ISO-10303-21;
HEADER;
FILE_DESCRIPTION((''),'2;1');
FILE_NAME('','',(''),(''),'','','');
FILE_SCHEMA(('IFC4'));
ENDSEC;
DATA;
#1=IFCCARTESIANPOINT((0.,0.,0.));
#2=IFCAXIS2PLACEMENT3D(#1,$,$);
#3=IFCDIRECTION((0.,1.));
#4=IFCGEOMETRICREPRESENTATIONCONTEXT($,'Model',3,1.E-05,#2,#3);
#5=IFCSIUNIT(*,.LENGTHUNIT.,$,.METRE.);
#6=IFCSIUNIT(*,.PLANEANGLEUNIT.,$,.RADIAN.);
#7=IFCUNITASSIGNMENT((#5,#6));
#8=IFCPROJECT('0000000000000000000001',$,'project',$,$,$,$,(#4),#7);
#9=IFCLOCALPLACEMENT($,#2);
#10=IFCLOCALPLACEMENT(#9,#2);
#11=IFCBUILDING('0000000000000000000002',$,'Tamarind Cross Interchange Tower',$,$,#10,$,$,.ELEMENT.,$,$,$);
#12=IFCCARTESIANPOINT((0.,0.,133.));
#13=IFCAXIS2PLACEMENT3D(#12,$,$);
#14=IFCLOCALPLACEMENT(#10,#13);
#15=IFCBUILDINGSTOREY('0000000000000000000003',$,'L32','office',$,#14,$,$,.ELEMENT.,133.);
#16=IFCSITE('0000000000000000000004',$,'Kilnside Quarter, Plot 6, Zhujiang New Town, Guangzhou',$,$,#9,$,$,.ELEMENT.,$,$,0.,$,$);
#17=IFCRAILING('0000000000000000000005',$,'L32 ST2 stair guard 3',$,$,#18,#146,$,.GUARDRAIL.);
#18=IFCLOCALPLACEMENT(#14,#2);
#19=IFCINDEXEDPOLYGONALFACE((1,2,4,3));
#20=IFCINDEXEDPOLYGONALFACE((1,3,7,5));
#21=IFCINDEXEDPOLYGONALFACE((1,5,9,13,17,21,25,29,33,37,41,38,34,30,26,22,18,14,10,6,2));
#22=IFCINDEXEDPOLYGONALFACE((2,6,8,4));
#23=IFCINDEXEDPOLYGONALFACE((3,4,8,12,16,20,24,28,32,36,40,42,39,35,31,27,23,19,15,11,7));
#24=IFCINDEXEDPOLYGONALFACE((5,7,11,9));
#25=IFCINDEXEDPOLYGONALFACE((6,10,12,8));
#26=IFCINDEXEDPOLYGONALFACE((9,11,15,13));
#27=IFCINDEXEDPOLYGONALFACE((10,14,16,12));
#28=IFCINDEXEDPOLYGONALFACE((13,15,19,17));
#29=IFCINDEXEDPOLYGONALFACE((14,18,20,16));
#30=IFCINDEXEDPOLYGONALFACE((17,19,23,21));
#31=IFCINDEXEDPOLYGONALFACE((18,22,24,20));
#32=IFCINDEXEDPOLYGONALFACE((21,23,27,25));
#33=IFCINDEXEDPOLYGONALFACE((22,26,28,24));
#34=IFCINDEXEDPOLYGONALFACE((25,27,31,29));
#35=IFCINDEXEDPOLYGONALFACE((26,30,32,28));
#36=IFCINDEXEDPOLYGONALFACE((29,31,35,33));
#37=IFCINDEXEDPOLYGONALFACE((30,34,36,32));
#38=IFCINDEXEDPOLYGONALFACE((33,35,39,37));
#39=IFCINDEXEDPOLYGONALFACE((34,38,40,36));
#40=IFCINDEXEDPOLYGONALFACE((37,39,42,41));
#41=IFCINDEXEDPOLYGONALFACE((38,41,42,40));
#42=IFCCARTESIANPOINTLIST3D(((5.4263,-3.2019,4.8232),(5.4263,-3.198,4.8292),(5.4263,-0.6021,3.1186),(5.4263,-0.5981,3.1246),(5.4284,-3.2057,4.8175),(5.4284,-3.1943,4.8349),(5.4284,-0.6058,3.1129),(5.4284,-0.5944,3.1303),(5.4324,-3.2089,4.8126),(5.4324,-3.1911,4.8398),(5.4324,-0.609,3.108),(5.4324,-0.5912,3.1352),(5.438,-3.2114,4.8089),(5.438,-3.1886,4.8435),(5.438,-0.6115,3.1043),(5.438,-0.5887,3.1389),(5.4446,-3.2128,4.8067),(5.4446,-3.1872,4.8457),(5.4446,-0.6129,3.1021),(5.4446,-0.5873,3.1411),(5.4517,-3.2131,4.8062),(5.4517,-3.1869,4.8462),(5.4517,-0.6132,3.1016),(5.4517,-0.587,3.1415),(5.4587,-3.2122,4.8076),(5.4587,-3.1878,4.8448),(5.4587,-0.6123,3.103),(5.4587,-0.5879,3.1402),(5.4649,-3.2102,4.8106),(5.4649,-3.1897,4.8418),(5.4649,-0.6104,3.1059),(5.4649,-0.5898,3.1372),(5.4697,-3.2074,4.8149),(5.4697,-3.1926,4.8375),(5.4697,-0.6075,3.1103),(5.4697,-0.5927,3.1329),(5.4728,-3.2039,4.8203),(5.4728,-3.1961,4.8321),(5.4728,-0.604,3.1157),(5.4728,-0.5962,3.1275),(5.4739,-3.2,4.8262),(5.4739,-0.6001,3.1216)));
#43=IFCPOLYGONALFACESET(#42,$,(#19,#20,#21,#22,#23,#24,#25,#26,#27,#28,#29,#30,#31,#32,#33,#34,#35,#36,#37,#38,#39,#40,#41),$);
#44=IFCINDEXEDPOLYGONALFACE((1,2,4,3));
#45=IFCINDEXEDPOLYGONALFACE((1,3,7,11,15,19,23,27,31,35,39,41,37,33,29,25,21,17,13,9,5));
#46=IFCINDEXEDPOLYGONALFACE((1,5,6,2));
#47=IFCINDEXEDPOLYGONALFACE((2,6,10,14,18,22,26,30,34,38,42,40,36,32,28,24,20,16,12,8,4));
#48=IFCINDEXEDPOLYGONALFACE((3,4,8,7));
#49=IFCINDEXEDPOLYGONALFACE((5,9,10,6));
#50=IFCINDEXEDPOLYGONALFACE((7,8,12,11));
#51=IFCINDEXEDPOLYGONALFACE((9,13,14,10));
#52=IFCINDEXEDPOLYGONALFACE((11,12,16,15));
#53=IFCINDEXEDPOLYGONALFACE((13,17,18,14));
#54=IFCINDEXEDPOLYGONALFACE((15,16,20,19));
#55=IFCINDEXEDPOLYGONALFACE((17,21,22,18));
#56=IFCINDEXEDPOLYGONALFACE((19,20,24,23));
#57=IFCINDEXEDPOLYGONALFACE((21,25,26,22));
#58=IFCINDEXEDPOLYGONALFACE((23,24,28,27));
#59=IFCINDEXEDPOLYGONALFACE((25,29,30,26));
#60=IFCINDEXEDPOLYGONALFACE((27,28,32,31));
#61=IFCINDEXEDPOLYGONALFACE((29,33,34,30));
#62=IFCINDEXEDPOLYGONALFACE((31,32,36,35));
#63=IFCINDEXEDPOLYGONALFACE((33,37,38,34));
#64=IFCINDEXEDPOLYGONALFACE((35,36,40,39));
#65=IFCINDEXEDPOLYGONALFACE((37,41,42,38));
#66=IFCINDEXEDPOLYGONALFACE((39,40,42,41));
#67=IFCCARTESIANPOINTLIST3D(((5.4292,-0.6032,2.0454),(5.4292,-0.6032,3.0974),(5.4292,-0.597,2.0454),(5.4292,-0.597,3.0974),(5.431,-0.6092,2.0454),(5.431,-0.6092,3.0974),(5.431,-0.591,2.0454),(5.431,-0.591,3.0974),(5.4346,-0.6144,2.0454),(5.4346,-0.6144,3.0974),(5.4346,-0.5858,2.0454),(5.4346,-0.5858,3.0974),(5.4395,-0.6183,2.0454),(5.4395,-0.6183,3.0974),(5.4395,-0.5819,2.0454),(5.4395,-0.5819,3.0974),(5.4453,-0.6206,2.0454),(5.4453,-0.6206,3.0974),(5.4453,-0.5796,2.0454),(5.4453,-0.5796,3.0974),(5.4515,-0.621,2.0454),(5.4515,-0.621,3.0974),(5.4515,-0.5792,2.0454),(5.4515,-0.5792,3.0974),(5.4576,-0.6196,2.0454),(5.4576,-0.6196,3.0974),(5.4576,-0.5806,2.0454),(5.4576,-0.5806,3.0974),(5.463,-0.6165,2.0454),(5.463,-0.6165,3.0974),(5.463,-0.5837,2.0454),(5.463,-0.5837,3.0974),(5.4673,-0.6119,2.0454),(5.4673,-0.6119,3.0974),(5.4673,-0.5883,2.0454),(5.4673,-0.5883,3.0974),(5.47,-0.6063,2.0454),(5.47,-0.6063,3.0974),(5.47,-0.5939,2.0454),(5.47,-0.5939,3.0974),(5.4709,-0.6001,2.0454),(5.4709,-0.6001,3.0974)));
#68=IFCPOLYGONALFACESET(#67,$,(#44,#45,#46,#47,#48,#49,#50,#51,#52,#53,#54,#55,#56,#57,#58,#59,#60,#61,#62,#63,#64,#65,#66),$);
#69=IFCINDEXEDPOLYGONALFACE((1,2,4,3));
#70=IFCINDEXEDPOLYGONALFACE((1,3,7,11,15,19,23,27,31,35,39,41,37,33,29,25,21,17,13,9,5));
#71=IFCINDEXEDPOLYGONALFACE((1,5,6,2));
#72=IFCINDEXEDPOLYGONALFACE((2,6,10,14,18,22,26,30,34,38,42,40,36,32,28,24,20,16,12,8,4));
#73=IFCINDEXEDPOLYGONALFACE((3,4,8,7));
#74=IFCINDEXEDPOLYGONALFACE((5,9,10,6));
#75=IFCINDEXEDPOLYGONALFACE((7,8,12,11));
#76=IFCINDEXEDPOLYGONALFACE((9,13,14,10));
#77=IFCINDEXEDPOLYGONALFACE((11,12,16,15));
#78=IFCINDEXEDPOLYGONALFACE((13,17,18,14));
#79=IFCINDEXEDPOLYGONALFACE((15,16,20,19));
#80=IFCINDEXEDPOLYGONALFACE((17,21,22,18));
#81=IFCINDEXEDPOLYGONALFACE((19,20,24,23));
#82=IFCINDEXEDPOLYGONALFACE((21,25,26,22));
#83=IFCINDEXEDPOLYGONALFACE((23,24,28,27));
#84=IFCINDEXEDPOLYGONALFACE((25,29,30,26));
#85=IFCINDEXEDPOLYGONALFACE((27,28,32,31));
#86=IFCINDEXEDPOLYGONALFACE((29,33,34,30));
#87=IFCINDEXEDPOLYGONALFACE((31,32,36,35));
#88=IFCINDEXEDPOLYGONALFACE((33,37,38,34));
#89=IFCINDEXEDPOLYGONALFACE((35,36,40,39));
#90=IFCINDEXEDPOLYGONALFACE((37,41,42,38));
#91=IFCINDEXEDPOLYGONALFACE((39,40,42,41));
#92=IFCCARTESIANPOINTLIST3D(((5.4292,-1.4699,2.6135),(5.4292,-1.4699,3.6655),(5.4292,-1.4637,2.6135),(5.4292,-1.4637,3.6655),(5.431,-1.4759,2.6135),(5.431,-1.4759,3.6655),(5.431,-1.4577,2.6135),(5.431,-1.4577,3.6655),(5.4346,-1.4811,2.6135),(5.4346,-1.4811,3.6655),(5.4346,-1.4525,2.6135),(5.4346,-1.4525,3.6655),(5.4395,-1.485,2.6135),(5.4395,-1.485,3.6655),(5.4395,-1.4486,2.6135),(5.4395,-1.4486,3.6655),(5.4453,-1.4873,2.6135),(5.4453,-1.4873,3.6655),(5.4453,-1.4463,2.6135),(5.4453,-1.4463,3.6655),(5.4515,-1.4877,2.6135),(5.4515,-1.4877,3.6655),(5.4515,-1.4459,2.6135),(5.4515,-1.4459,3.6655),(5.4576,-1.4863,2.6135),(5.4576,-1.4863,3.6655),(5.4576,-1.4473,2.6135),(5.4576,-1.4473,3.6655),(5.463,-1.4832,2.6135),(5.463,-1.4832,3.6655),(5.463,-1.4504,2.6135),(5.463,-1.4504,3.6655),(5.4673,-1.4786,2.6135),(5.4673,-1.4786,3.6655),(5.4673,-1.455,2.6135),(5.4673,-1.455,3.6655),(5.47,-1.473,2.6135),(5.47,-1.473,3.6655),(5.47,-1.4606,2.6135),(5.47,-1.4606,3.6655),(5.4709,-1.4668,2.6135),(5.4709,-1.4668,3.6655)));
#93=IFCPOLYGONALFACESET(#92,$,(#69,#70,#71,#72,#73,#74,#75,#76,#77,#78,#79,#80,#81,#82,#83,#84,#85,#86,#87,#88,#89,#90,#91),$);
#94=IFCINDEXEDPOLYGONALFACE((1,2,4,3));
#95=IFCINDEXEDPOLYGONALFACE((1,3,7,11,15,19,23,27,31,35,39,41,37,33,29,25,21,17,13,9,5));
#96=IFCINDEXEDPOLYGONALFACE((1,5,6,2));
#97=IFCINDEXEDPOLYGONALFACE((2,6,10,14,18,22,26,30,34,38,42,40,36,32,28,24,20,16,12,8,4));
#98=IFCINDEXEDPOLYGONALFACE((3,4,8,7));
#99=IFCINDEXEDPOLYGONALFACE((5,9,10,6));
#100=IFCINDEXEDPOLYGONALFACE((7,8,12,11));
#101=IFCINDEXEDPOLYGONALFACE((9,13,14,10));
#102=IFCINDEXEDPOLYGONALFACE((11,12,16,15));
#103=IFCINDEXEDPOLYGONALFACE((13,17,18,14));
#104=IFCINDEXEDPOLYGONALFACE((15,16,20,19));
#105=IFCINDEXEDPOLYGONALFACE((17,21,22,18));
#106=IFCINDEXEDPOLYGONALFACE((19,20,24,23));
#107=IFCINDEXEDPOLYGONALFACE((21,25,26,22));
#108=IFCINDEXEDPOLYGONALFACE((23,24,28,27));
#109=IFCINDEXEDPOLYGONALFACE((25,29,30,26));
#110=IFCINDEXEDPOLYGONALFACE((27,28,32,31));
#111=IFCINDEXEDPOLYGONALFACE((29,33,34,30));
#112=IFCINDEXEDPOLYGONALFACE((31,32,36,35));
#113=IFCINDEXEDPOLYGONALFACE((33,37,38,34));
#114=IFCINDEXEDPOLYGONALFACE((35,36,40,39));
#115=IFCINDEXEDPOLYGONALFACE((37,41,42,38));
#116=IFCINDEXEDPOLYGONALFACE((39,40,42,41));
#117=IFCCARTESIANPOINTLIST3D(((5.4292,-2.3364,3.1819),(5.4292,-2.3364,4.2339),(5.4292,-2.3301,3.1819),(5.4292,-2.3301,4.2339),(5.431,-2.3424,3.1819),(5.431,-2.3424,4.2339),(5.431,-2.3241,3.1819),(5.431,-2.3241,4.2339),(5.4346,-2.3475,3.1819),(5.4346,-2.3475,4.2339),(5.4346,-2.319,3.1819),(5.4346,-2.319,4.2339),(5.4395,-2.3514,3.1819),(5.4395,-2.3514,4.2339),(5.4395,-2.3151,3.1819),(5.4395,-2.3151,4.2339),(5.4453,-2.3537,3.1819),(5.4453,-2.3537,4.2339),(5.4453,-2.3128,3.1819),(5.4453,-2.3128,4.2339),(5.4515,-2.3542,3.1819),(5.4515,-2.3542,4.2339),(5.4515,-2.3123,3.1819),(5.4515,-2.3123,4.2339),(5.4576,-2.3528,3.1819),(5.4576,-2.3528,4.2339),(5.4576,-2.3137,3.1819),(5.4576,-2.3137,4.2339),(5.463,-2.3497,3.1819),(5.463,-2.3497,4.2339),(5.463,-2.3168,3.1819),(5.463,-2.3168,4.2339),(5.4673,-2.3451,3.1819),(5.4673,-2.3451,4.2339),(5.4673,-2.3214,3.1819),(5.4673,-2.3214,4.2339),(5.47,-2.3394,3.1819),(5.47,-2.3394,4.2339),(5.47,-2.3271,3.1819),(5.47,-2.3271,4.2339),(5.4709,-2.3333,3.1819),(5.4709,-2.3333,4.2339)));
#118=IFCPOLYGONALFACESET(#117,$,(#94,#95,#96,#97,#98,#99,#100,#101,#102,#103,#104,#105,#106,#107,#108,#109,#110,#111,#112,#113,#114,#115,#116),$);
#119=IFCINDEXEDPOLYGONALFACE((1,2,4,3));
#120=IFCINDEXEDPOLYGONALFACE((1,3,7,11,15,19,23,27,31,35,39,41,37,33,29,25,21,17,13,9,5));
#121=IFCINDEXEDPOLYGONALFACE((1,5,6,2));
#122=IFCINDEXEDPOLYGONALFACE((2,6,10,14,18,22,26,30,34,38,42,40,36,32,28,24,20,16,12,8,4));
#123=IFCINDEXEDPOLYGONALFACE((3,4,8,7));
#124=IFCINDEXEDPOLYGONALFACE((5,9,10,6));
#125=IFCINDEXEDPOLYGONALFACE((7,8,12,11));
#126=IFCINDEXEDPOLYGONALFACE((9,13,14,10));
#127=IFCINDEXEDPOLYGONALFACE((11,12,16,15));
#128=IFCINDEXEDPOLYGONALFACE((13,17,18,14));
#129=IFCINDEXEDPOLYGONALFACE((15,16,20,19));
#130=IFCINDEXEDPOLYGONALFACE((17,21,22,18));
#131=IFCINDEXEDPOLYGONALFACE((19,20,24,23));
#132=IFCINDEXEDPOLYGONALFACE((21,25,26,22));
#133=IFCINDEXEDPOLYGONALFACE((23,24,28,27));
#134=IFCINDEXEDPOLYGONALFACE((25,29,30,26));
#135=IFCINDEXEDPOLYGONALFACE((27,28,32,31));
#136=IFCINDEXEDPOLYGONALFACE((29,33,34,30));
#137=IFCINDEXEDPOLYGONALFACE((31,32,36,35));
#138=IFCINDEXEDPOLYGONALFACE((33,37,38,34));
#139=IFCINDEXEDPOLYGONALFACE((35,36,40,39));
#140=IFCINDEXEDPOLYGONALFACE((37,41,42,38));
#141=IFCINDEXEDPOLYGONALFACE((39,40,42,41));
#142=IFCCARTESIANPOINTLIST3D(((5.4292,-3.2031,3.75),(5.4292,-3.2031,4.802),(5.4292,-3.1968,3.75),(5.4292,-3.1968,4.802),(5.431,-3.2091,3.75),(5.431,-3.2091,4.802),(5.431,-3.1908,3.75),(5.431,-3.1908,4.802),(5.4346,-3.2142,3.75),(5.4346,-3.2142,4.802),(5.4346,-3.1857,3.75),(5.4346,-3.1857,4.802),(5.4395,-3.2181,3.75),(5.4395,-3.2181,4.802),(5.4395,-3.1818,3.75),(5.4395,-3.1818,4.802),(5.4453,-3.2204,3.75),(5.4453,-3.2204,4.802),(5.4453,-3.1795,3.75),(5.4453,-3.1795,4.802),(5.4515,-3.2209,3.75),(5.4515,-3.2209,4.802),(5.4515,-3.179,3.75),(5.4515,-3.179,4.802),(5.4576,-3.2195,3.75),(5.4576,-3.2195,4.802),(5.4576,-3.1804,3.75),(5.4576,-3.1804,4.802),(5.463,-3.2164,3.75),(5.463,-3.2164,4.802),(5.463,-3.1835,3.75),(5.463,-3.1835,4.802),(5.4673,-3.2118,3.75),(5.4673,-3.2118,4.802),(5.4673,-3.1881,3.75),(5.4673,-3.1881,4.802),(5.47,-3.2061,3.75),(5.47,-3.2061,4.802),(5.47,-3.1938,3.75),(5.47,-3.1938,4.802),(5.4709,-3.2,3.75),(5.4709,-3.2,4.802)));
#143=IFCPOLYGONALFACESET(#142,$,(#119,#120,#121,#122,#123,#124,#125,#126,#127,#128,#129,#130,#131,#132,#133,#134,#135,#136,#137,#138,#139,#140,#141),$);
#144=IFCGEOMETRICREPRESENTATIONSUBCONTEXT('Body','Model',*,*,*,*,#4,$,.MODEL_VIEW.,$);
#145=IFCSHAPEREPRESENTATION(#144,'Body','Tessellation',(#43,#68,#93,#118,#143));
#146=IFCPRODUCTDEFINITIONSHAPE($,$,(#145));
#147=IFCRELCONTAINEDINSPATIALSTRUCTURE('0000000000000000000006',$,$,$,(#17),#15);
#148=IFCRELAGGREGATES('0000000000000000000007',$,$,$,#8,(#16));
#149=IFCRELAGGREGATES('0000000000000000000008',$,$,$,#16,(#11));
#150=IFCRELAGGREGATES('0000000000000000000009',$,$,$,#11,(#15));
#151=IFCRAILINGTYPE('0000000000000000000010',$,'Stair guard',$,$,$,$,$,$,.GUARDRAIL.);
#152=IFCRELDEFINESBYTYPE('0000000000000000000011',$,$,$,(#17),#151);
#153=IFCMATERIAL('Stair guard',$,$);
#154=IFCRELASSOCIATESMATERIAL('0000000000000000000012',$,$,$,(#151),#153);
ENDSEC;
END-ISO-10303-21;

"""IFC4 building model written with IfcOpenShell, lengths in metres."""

from ifc_helpers import new_model, si_unit, direction, frame, origin, origin_2d, place, context, subcontext, project, spatial, circle, extrude, material, type_object, element, save


model = new_model("IFC4")

# Units and contexts
model_context = context("Model", 3, precision=1e-05, world=origin(), true_north=direction((0.0, 1.0)))
body_context = subcontext(model_context, "Body", "Model", "MODEL_VIEW")
ifc_project = project(units=[si_unit("LENGTHUNIT", "METRE"), si_unit("PLANEANGLEUNIT", "RADIAN")], contexts=[model_context])

# Site, building, storey
site_placement = place(None, origin())
site = spatial("IfcSite", under=ifc_project, at=site_placement, Name="Kilnside Quarter, Plot 6, Zhujiang New Town, Guangzhou", CompositionType="ELEMENT", RefElevation=0.0)
building_placement = place(site_placement, origin())
building = spatial("IfcBuilding", under=site, at=building_placement, Name="Tamarind Cross Interchange Tower", CompositionType="ELEMENT")
storey_placement = place(building_placement, frame((0.0, 0.0, 133.0)))
storey = spatial("IfcBuildingStorey", under=building, at=storey_placement, Name="L32", Description="office", CompositionType="ELEMENT", Elevation=133.0)

# Railing
ifc_material_1 = material(Name="Stair guard")
railing_type_1 = type_object("IfcRailingType", Name="Stair guard", PredefinedType="GUARDRAIL", material=ifc_material_1)
railing_1_placement = place(storey_placement, frame((5.45, -0.6001, 2.0454)))
element("IfcRailing", 1, at=railing_1_placement, inside=storey, type_object=railing_type_1, Name="L32 ST2 stair guard 3", PredefinedType="GUARDRAIL", context=body_context, shape_type="SweptSolid", body=[
    extrude(circle(Radius=0.0239, at=origin_2d()), frame((0.0, 0.0, 1.0762), z_axis=(0.0, -0.836279, 0.548305), x_axis=(1.0, 0.0, 0.0)), (0.0, 0.0, 1.0), 3.1089),
    extrude(circle(Radius=0.021, at=origin_2d()), origin(), (0.0, 0.0, 1.0), 1.052),
    extrude(circle(Radius=0.021, at=origin_2d()), frame((0.0, -0.8667, 0.5681)), (0.0, 0.0, 1.0), 1.052),
    extrude(circle(Radius=0.021, at=origin_2d()), frame((0.0, -1.7332, 1.1365)), (0.0, 0.0, 1.0), 1.052),
    extrude(circle(Radius=0.021, at=origin_2d()), frame((0.0, -2.5999, 1.7046)), (0.0, 0.0, 1.0), 1.052),
])

save(model, "model.ifc")
